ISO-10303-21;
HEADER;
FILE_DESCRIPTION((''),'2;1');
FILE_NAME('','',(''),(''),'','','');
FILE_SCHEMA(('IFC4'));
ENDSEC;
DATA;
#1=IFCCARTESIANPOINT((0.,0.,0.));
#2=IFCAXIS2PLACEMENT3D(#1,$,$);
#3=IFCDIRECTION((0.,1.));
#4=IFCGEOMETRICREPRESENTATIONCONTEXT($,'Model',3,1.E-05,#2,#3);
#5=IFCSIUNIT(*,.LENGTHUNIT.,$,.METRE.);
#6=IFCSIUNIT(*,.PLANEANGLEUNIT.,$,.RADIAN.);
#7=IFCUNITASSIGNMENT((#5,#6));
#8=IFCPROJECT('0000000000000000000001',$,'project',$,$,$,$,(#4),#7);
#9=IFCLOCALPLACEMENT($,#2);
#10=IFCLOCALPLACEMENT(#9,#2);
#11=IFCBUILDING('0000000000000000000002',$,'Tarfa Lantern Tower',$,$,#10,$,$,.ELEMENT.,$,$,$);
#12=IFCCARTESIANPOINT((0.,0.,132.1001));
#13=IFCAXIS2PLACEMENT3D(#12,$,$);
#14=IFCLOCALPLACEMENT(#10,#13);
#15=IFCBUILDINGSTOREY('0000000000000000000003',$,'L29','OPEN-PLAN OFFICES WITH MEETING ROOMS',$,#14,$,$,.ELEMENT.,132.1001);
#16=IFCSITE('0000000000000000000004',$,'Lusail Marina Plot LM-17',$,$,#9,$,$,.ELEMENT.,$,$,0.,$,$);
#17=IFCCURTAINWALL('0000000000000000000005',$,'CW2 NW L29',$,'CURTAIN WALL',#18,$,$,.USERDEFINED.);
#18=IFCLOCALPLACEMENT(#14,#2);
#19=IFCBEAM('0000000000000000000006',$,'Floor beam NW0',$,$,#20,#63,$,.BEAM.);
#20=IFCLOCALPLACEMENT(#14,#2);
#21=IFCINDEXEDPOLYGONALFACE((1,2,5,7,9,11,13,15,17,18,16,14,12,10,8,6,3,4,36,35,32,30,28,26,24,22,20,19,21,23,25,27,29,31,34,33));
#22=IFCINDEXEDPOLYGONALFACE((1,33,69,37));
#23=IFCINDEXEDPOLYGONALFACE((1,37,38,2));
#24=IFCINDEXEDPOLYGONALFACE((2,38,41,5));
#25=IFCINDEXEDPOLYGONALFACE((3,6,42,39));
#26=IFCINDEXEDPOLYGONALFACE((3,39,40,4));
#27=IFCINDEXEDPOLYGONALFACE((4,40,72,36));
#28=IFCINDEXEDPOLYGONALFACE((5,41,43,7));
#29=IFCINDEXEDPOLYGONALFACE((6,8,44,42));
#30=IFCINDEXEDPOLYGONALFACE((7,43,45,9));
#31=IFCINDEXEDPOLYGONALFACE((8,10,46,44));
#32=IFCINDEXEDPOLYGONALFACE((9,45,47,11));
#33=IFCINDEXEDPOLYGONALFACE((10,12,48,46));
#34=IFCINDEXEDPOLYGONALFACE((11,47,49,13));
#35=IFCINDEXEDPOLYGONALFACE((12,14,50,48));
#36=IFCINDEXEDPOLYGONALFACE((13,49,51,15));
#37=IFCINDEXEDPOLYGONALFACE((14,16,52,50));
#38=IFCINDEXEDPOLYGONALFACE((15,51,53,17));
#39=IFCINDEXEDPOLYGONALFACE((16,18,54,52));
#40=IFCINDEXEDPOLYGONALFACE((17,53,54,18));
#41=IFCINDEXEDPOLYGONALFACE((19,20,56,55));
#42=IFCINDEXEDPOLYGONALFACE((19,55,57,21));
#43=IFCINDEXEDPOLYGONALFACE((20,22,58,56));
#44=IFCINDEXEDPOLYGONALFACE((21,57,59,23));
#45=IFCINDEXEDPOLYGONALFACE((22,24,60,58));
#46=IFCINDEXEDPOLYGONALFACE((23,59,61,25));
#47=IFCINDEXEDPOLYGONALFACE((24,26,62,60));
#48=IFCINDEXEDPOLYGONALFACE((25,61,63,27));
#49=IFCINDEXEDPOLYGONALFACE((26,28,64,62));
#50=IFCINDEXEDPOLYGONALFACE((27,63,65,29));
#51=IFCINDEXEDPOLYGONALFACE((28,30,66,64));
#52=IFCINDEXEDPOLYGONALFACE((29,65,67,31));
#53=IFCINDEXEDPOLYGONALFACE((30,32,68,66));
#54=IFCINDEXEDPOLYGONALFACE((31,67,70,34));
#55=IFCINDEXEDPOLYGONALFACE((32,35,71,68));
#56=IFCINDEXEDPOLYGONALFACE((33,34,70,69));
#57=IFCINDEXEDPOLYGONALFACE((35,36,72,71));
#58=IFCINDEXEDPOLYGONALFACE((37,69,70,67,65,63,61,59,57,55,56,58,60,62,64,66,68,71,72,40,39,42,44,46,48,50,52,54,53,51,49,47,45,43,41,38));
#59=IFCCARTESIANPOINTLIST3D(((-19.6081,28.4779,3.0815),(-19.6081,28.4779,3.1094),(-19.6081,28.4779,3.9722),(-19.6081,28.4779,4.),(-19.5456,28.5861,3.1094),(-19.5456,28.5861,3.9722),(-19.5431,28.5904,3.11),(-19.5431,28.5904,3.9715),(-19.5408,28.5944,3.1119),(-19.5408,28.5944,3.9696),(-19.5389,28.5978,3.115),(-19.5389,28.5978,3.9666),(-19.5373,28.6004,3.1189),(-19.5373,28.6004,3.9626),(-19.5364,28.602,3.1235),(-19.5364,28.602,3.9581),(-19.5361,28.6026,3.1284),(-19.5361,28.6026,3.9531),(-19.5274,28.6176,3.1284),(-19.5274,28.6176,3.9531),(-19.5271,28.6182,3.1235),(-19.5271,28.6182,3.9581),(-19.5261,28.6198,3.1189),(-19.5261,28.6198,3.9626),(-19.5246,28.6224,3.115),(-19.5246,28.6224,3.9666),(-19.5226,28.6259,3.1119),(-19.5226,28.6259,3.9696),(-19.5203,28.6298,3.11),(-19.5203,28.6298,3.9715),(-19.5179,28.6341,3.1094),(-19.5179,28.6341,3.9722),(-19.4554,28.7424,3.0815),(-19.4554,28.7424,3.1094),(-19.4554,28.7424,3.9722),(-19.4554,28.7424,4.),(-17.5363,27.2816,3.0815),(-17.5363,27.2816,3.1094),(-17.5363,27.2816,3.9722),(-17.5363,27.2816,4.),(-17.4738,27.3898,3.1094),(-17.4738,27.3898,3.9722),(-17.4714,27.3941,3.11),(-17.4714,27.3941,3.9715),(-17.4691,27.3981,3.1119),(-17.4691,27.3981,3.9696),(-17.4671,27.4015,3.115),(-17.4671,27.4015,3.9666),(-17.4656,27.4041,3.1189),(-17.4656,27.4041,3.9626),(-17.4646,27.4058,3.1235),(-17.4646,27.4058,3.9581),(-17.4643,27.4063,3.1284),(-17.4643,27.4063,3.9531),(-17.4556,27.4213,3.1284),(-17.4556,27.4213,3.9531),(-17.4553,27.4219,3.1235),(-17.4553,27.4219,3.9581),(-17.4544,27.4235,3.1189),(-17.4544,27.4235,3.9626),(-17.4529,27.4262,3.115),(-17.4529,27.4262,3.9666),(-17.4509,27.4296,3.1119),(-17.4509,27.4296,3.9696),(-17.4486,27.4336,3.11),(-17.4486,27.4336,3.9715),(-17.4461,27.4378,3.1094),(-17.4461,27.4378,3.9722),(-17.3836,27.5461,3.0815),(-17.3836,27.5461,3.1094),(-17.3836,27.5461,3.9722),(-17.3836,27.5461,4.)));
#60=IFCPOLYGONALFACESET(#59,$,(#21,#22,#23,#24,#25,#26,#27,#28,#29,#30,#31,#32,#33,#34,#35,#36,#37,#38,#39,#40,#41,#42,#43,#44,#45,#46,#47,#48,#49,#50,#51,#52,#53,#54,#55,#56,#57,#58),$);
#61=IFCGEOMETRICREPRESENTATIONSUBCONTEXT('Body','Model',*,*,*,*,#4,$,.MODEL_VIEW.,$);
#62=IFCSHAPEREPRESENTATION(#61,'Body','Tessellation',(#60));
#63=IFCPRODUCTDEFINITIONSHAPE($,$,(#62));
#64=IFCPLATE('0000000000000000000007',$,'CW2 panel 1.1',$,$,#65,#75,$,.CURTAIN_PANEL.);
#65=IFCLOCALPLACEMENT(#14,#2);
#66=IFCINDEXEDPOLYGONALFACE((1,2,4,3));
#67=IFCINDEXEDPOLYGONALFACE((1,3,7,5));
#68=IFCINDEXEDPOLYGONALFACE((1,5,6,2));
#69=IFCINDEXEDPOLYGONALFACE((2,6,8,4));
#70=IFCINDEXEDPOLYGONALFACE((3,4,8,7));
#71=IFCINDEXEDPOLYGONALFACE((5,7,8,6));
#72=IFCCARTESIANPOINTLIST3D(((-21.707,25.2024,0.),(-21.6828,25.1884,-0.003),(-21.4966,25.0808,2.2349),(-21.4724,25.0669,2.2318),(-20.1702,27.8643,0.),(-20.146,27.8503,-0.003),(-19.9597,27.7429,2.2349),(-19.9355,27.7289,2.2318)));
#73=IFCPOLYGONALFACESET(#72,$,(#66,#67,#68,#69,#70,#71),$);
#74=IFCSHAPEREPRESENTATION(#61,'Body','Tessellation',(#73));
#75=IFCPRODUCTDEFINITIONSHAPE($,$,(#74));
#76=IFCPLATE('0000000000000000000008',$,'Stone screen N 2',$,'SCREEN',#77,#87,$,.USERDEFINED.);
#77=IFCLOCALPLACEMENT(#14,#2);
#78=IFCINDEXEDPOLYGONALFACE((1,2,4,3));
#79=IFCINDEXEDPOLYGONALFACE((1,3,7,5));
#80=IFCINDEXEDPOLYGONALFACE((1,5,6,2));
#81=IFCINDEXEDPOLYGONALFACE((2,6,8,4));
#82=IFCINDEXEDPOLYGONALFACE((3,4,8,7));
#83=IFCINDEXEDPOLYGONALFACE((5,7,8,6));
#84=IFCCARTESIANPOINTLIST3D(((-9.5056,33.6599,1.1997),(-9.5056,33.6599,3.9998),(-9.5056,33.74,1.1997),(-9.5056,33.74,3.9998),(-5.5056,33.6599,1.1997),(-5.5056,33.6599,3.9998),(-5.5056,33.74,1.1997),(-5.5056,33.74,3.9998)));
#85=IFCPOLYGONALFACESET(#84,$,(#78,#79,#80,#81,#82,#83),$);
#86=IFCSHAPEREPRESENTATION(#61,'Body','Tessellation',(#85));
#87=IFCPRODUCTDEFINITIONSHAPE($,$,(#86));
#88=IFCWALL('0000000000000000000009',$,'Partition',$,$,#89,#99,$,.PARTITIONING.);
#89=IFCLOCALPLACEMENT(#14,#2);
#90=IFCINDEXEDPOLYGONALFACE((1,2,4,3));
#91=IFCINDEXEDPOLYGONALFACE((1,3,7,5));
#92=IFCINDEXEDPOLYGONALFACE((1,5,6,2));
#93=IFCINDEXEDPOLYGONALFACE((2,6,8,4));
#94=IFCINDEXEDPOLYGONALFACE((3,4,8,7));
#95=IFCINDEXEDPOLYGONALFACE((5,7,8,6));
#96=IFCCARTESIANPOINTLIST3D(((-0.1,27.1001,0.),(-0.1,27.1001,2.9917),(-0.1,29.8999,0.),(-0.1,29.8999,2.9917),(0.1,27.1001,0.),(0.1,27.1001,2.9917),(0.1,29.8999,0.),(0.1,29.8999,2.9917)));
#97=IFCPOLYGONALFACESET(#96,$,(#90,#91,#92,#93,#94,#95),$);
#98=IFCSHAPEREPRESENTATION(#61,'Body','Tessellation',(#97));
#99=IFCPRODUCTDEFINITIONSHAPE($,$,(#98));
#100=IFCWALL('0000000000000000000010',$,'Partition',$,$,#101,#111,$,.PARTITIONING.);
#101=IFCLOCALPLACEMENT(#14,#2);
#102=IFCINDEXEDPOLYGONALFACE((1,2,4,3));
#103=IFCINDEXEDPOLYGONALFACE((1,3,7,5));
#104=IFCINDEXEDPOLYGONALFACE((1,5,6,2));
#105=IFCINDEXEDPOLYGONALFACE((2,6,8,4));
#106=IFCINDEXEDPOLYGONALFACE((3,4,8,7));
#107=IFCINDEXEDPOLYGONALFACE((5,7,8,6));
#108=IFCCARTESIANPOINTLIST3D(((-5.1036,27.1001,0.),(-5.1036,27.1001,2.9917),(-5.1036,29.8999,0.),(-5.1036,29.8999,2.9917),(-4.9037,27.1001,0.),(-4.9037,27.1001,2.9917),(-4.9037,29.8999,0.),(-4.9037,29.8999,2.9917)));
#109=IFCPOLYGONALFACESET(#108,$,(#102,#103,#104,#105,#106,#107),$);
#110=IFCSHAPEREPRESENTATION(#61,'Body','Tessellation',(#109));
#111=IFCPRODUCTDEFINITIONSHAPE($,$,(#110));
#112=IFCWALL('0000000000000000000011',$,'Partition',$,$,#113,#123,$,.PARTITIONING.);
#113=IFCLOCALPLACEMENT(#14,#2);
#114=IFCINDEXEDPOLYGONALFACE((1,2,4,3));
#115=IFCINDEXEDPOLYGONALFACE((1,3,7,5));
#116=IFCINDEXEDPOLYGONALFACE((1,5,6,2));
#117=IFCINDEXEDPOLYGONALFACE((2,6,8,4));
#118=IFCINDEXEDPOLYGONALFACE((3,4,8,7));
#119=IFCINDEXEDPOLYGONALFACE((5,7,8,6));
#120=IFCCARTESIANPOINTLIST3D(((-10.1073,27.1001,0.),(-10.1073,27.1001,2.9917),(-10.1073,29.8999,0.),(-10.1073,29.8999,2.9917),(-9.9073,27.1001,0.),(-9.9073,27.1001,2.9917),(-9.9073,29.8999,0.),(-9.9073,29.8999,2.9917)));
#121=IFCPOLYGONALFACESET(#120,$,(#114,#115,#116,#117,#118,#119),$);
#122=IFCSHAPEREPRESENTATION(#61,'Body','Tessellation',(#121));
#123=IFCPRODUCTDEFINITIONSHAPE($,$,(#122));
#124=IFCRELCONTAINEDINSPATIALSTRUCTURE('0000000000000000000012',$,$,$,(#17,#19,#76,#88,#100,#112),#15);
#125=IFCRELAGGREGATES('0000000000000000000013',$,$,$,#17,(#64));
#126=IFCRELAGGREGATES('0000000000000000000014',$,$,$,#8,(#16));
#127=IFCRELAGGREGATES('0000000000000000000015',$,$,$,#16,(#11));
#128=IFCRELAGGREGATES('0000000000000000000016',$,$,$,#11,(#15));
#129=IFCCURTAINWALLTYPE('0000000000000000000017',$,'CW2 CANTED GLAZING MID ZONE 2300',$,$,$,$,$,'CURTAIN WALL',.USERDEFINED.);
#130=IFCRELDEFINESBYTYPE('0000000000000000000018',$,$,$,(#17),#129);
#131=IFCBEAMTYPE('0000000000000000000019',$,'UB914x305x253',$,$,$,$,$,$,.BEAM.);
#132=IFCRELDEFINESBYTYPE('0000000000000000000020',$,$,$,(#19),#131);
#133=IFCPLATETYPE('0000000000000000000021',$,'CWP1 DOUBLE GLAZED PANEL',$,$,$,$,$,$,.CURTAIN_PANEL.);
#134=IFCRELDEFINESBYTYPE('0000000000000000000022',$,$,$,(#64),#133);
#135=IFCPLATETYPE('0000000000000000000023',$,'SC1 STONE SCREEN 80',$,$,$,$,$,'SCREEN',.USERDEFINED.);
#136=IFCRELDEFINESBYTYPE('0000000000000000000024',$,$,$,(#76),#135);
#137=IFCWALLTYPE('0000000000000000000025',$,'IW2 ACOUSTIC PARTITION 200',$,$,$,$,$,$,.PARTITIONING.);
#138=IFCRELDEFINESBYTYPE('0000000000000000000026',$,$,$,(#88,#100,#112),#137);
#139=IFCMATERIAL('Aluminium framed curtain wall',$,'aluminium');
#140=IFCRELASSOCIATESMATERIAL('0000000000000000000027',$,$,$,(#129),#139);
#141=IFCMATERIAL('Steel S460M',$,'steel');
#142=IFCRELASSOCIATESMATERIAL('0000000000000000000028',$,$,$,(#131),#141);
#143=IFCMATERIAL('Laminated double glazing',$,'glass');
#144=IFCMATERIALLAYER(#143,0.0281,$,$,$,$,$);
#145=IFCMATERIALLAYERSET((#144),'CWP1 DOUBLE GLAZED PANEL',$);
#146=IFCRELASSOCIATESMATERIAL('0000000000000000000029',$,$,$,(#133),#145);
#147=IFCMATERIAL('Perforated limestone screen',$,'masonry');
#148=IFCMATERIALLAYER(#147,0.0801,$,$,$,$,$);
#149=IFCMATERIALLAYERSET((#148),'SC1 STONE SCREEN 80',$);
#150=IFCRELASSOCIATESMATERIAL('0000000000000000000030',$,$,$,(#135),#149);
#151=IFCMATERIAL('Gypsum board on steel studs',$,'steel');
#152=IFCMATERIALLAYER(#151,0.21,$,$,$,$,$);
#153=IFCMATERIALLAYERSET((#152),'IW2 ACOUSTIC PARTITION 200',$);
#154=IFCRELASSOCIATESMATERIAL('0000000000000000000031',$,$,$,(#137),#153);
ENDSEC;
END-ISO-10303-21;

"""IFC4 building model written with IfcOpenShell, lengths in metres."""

from ifc_helpers import new_model, si_unit, direction, frame, frame_2d, origin, origin_2d, place, context, subcontext, project, spatial, polyline, rectangle, i_section, outline, extrude, material, layer, layer_set, material_profile, profile_set, type_object, element, aggregate, save


model = new_model("IFC4")

# Units and contexts
model_context = context("Model", 3, precision=1e-05, world=origin(), true_north=direction((0.0, 1.0)))
body_context = subcontext(model_context, "Body", "Model", "MODEL_VIEW")
ifc_project = project(units=[si_unit("LENGTHUNIT", "METRE"), si_unit("PLANEANGLEUNIT", "RADIAN")], contexts=[model_context])

# Site, building, storey
site_placement = place(None, origin())
site = spatial("IfcSite", under=ifc_project, at=site_placement, Name="Lusail Marina Plot LM-17", CompositionType="ELEMENT", RefElevation=0.0)
building_placement = place(site_placement, origin())
building = spatial("IfcBuilding", under=site, at=building_placement, Name="Tarfa Lantern Tower", CompositionType="ELEMENT")
storey_placement = place(building_placement, frame((0.0, 0.0, 132.1001)))
storey = spatial("IfcBuildingStorey", under=building, at=storey_placement, Name="L29", Description="OPEN-PLAN OFFICES WITH MEETING ROOMS", CompositionType="ELEMENT", Elevation=132.1001)

# Curtain wall
ifc_material_1 = material(Name="Aluminium framed curtain wall", Category="aluminium")
curtain_wall_type = type_object("IfcCurtainWallType", Name="CW2 CANTED GLAZING MID ZONE 2300", ElementType="CURTAIN WALL", PredefinedType="USERDEFINED", material=ifc_material_1)
curtain_wall_placement = place(storey_placement, origin())
curtain_wall = element("IfcCurtainWall", 1, at=curtain_wall_placement, inside=storey, type_object=curtain_wall_type, Name="CW2 NW L29", ObjectType="CURTAIN WALL", PredefinedType="USERDEFINED")

# Beam
ifc_material_2 = material(Name="Steel S460M", Category="steel")
ifc_material_profile_1 = material_profile(ifc_material_2, i_section(OverallWidth=0.3054, OverallDepth=0.9185, WebThickness=0.0173, FlangeThickness=0.0278, FilletRadius=0.019, at=origin_2d()), Name="UB914x305x253")
ifc_profile_set_1 = profile_set([ifc_material_profile_1], Name="Steel S460M")
beam_type_1 = type_object("IfcBeamType", Name="UB914x305x253", PredefinedType="BEAM", material=ifc_profile_set_1)
beam_1_placement = place(storey_placement, frame((-19.5317, 28.6101, 3.5408), z_axis=(0.865999, -0.500046, 0.0), x_axis=(0.500046, 0.865999, 0.0)))
element("IfcBeam", 2, at=beam_1_placement, inside=storey, type_object=beam_type_1, Name="Floor beam NW0", PredefinedType="BEAM", context=body_context, shape_type="SweptSolid", body=[
    extrude(i_section(OverallWidth=0.3054, OverallDepth=0.9185, WebThickness=0.0173, FlangeThickness=0.0278, FilletRadius=0.019, at=origin_2d()), origin(), (0.0, 0.0, 1.0), 2.3923),
])

# Plates
ifc_material_3 = material(Name="Laminated double glazing", Category="glass")
ifc_layer_1 = layer(ifc_material_3, 0.0281)
ifc_layer_set_1 = layer_set([ifc_layer_1], Name="CWP1 DOUBLE GLAZED PANEL")
plate_type_1 = type_object("IfcPlateType", Name="CWP1 DOUBLE GLAZED PANEL", PredefinedType="CURTAIN_PANEL", material=ifc_layer_set_1)
plate_1_placement = place(storey_placement, frame((-20.1702, 27.8643, 0.0), z_axis=(-0.860956, 0.497062, 0.108088), x_axis=(-0.499992, -0.86603, -0.000002)))
plate_1 = element("IfcPlate", 3, at=plate_1_placement, type_object=plate_type_1, Name="CW2 panel 1.1", PredefinedType="CURTAIN_PANEL", context=body_context, shape_type="SweptSolid", body=[
    extrude(outline(polyline([(0.0, 0.0), (3.0737, 0.0), (3.0737, 2.248), (-0.0001, 2.248), (0.0, 0.0)])), origin(), (0.0, 0.0, -1.0), 0.0281),
])
aggregate(curtain_wall, [plate_1])
ifc_material_4 = material(Name="Perforated limestone screen", Category="masonry")
ifc_layer_2 = layer(ifc_material_4, 0.0801)
ifc_layer_set_2 = layer_set([ifc_layer_2], Name="SC1 STONE SCREEN 80")
plate_type_2 = type_object("IfcPlateType", Name="SC1 STONE SCREEN 80", ElementType="SCREEN", PredefinedType="USERDEFINED", material=ifc_layer_set_2)
plate_2_placement = place(storey_placement, frame((-7.5056, 33.7, 1.1997), z_axis=(0.0, 0.0, 1.0), x_axis=(-1.0, 0.0, 0.0)))
element("IfcPlate", 4, at=plate_2_placement, inside=storey, type_object=plate_type_2, Name="Stone screen N 2", ObjectType="SCREEN", PredefinedType="USERDEFINED", context=body_context, shape_type="SweptSolid", body=[
    extrude(rectangle(XDim=4.0, YDim=0.0801, at=origin_2d()), origin(), (0.0, 0.0, 1.0), 2.8),
])

# Walls
ifc_material_5 = material(Name="Gypsum board on steel studs", Category="steel")
ifc_layer_3 = layer(ifc_material_5, 0.21)
ifc_layer_set_3 = layer_set([ifc_layer_3], Name="IW2 ACOUSTIC PARTITION 200")
wall_type = type_object("IfcWallType", Name="IW2 ACOUSTIC PARTITION 200", PredefinedType="PARTITIONING", material=ifc_layer_set_3)
for number, where, z_axis, x_axis, name in (
    (5, (0.0, 27.1001, 0.0), (0.0, 0.0, 1.0), (0.0, 1.0, 0.0), "Partition"),
    (6, (-5.0037, 27.1001, 0.0), (0.0, 0.0, 1.0), (0.0, 1.0, 0.0), "Partition"),
    (7, (-10.0073, 27.1001, 0.0), (0.0, 0.0, 1.0), (0.0, 1.0, 0.0), "Partition"),
):
    element("IfcWall", number, at=place(storey_placement, frame(where, z_axis=z_axis, x_axis=x_axis)), inside=storey, type_object=wall_type, Name=name, PredefinedType="PARTITIONING", context=body_context, shape_type="SweptSolid", body=[
        extrude(rectangle(XDim=2.7998, YDim=0.2, at=frame_2d((1.3999, 0.0))), origin(), (0.0, 0.0, 1.0), 2.9917),
    ])

save(model, "model.ifc")
